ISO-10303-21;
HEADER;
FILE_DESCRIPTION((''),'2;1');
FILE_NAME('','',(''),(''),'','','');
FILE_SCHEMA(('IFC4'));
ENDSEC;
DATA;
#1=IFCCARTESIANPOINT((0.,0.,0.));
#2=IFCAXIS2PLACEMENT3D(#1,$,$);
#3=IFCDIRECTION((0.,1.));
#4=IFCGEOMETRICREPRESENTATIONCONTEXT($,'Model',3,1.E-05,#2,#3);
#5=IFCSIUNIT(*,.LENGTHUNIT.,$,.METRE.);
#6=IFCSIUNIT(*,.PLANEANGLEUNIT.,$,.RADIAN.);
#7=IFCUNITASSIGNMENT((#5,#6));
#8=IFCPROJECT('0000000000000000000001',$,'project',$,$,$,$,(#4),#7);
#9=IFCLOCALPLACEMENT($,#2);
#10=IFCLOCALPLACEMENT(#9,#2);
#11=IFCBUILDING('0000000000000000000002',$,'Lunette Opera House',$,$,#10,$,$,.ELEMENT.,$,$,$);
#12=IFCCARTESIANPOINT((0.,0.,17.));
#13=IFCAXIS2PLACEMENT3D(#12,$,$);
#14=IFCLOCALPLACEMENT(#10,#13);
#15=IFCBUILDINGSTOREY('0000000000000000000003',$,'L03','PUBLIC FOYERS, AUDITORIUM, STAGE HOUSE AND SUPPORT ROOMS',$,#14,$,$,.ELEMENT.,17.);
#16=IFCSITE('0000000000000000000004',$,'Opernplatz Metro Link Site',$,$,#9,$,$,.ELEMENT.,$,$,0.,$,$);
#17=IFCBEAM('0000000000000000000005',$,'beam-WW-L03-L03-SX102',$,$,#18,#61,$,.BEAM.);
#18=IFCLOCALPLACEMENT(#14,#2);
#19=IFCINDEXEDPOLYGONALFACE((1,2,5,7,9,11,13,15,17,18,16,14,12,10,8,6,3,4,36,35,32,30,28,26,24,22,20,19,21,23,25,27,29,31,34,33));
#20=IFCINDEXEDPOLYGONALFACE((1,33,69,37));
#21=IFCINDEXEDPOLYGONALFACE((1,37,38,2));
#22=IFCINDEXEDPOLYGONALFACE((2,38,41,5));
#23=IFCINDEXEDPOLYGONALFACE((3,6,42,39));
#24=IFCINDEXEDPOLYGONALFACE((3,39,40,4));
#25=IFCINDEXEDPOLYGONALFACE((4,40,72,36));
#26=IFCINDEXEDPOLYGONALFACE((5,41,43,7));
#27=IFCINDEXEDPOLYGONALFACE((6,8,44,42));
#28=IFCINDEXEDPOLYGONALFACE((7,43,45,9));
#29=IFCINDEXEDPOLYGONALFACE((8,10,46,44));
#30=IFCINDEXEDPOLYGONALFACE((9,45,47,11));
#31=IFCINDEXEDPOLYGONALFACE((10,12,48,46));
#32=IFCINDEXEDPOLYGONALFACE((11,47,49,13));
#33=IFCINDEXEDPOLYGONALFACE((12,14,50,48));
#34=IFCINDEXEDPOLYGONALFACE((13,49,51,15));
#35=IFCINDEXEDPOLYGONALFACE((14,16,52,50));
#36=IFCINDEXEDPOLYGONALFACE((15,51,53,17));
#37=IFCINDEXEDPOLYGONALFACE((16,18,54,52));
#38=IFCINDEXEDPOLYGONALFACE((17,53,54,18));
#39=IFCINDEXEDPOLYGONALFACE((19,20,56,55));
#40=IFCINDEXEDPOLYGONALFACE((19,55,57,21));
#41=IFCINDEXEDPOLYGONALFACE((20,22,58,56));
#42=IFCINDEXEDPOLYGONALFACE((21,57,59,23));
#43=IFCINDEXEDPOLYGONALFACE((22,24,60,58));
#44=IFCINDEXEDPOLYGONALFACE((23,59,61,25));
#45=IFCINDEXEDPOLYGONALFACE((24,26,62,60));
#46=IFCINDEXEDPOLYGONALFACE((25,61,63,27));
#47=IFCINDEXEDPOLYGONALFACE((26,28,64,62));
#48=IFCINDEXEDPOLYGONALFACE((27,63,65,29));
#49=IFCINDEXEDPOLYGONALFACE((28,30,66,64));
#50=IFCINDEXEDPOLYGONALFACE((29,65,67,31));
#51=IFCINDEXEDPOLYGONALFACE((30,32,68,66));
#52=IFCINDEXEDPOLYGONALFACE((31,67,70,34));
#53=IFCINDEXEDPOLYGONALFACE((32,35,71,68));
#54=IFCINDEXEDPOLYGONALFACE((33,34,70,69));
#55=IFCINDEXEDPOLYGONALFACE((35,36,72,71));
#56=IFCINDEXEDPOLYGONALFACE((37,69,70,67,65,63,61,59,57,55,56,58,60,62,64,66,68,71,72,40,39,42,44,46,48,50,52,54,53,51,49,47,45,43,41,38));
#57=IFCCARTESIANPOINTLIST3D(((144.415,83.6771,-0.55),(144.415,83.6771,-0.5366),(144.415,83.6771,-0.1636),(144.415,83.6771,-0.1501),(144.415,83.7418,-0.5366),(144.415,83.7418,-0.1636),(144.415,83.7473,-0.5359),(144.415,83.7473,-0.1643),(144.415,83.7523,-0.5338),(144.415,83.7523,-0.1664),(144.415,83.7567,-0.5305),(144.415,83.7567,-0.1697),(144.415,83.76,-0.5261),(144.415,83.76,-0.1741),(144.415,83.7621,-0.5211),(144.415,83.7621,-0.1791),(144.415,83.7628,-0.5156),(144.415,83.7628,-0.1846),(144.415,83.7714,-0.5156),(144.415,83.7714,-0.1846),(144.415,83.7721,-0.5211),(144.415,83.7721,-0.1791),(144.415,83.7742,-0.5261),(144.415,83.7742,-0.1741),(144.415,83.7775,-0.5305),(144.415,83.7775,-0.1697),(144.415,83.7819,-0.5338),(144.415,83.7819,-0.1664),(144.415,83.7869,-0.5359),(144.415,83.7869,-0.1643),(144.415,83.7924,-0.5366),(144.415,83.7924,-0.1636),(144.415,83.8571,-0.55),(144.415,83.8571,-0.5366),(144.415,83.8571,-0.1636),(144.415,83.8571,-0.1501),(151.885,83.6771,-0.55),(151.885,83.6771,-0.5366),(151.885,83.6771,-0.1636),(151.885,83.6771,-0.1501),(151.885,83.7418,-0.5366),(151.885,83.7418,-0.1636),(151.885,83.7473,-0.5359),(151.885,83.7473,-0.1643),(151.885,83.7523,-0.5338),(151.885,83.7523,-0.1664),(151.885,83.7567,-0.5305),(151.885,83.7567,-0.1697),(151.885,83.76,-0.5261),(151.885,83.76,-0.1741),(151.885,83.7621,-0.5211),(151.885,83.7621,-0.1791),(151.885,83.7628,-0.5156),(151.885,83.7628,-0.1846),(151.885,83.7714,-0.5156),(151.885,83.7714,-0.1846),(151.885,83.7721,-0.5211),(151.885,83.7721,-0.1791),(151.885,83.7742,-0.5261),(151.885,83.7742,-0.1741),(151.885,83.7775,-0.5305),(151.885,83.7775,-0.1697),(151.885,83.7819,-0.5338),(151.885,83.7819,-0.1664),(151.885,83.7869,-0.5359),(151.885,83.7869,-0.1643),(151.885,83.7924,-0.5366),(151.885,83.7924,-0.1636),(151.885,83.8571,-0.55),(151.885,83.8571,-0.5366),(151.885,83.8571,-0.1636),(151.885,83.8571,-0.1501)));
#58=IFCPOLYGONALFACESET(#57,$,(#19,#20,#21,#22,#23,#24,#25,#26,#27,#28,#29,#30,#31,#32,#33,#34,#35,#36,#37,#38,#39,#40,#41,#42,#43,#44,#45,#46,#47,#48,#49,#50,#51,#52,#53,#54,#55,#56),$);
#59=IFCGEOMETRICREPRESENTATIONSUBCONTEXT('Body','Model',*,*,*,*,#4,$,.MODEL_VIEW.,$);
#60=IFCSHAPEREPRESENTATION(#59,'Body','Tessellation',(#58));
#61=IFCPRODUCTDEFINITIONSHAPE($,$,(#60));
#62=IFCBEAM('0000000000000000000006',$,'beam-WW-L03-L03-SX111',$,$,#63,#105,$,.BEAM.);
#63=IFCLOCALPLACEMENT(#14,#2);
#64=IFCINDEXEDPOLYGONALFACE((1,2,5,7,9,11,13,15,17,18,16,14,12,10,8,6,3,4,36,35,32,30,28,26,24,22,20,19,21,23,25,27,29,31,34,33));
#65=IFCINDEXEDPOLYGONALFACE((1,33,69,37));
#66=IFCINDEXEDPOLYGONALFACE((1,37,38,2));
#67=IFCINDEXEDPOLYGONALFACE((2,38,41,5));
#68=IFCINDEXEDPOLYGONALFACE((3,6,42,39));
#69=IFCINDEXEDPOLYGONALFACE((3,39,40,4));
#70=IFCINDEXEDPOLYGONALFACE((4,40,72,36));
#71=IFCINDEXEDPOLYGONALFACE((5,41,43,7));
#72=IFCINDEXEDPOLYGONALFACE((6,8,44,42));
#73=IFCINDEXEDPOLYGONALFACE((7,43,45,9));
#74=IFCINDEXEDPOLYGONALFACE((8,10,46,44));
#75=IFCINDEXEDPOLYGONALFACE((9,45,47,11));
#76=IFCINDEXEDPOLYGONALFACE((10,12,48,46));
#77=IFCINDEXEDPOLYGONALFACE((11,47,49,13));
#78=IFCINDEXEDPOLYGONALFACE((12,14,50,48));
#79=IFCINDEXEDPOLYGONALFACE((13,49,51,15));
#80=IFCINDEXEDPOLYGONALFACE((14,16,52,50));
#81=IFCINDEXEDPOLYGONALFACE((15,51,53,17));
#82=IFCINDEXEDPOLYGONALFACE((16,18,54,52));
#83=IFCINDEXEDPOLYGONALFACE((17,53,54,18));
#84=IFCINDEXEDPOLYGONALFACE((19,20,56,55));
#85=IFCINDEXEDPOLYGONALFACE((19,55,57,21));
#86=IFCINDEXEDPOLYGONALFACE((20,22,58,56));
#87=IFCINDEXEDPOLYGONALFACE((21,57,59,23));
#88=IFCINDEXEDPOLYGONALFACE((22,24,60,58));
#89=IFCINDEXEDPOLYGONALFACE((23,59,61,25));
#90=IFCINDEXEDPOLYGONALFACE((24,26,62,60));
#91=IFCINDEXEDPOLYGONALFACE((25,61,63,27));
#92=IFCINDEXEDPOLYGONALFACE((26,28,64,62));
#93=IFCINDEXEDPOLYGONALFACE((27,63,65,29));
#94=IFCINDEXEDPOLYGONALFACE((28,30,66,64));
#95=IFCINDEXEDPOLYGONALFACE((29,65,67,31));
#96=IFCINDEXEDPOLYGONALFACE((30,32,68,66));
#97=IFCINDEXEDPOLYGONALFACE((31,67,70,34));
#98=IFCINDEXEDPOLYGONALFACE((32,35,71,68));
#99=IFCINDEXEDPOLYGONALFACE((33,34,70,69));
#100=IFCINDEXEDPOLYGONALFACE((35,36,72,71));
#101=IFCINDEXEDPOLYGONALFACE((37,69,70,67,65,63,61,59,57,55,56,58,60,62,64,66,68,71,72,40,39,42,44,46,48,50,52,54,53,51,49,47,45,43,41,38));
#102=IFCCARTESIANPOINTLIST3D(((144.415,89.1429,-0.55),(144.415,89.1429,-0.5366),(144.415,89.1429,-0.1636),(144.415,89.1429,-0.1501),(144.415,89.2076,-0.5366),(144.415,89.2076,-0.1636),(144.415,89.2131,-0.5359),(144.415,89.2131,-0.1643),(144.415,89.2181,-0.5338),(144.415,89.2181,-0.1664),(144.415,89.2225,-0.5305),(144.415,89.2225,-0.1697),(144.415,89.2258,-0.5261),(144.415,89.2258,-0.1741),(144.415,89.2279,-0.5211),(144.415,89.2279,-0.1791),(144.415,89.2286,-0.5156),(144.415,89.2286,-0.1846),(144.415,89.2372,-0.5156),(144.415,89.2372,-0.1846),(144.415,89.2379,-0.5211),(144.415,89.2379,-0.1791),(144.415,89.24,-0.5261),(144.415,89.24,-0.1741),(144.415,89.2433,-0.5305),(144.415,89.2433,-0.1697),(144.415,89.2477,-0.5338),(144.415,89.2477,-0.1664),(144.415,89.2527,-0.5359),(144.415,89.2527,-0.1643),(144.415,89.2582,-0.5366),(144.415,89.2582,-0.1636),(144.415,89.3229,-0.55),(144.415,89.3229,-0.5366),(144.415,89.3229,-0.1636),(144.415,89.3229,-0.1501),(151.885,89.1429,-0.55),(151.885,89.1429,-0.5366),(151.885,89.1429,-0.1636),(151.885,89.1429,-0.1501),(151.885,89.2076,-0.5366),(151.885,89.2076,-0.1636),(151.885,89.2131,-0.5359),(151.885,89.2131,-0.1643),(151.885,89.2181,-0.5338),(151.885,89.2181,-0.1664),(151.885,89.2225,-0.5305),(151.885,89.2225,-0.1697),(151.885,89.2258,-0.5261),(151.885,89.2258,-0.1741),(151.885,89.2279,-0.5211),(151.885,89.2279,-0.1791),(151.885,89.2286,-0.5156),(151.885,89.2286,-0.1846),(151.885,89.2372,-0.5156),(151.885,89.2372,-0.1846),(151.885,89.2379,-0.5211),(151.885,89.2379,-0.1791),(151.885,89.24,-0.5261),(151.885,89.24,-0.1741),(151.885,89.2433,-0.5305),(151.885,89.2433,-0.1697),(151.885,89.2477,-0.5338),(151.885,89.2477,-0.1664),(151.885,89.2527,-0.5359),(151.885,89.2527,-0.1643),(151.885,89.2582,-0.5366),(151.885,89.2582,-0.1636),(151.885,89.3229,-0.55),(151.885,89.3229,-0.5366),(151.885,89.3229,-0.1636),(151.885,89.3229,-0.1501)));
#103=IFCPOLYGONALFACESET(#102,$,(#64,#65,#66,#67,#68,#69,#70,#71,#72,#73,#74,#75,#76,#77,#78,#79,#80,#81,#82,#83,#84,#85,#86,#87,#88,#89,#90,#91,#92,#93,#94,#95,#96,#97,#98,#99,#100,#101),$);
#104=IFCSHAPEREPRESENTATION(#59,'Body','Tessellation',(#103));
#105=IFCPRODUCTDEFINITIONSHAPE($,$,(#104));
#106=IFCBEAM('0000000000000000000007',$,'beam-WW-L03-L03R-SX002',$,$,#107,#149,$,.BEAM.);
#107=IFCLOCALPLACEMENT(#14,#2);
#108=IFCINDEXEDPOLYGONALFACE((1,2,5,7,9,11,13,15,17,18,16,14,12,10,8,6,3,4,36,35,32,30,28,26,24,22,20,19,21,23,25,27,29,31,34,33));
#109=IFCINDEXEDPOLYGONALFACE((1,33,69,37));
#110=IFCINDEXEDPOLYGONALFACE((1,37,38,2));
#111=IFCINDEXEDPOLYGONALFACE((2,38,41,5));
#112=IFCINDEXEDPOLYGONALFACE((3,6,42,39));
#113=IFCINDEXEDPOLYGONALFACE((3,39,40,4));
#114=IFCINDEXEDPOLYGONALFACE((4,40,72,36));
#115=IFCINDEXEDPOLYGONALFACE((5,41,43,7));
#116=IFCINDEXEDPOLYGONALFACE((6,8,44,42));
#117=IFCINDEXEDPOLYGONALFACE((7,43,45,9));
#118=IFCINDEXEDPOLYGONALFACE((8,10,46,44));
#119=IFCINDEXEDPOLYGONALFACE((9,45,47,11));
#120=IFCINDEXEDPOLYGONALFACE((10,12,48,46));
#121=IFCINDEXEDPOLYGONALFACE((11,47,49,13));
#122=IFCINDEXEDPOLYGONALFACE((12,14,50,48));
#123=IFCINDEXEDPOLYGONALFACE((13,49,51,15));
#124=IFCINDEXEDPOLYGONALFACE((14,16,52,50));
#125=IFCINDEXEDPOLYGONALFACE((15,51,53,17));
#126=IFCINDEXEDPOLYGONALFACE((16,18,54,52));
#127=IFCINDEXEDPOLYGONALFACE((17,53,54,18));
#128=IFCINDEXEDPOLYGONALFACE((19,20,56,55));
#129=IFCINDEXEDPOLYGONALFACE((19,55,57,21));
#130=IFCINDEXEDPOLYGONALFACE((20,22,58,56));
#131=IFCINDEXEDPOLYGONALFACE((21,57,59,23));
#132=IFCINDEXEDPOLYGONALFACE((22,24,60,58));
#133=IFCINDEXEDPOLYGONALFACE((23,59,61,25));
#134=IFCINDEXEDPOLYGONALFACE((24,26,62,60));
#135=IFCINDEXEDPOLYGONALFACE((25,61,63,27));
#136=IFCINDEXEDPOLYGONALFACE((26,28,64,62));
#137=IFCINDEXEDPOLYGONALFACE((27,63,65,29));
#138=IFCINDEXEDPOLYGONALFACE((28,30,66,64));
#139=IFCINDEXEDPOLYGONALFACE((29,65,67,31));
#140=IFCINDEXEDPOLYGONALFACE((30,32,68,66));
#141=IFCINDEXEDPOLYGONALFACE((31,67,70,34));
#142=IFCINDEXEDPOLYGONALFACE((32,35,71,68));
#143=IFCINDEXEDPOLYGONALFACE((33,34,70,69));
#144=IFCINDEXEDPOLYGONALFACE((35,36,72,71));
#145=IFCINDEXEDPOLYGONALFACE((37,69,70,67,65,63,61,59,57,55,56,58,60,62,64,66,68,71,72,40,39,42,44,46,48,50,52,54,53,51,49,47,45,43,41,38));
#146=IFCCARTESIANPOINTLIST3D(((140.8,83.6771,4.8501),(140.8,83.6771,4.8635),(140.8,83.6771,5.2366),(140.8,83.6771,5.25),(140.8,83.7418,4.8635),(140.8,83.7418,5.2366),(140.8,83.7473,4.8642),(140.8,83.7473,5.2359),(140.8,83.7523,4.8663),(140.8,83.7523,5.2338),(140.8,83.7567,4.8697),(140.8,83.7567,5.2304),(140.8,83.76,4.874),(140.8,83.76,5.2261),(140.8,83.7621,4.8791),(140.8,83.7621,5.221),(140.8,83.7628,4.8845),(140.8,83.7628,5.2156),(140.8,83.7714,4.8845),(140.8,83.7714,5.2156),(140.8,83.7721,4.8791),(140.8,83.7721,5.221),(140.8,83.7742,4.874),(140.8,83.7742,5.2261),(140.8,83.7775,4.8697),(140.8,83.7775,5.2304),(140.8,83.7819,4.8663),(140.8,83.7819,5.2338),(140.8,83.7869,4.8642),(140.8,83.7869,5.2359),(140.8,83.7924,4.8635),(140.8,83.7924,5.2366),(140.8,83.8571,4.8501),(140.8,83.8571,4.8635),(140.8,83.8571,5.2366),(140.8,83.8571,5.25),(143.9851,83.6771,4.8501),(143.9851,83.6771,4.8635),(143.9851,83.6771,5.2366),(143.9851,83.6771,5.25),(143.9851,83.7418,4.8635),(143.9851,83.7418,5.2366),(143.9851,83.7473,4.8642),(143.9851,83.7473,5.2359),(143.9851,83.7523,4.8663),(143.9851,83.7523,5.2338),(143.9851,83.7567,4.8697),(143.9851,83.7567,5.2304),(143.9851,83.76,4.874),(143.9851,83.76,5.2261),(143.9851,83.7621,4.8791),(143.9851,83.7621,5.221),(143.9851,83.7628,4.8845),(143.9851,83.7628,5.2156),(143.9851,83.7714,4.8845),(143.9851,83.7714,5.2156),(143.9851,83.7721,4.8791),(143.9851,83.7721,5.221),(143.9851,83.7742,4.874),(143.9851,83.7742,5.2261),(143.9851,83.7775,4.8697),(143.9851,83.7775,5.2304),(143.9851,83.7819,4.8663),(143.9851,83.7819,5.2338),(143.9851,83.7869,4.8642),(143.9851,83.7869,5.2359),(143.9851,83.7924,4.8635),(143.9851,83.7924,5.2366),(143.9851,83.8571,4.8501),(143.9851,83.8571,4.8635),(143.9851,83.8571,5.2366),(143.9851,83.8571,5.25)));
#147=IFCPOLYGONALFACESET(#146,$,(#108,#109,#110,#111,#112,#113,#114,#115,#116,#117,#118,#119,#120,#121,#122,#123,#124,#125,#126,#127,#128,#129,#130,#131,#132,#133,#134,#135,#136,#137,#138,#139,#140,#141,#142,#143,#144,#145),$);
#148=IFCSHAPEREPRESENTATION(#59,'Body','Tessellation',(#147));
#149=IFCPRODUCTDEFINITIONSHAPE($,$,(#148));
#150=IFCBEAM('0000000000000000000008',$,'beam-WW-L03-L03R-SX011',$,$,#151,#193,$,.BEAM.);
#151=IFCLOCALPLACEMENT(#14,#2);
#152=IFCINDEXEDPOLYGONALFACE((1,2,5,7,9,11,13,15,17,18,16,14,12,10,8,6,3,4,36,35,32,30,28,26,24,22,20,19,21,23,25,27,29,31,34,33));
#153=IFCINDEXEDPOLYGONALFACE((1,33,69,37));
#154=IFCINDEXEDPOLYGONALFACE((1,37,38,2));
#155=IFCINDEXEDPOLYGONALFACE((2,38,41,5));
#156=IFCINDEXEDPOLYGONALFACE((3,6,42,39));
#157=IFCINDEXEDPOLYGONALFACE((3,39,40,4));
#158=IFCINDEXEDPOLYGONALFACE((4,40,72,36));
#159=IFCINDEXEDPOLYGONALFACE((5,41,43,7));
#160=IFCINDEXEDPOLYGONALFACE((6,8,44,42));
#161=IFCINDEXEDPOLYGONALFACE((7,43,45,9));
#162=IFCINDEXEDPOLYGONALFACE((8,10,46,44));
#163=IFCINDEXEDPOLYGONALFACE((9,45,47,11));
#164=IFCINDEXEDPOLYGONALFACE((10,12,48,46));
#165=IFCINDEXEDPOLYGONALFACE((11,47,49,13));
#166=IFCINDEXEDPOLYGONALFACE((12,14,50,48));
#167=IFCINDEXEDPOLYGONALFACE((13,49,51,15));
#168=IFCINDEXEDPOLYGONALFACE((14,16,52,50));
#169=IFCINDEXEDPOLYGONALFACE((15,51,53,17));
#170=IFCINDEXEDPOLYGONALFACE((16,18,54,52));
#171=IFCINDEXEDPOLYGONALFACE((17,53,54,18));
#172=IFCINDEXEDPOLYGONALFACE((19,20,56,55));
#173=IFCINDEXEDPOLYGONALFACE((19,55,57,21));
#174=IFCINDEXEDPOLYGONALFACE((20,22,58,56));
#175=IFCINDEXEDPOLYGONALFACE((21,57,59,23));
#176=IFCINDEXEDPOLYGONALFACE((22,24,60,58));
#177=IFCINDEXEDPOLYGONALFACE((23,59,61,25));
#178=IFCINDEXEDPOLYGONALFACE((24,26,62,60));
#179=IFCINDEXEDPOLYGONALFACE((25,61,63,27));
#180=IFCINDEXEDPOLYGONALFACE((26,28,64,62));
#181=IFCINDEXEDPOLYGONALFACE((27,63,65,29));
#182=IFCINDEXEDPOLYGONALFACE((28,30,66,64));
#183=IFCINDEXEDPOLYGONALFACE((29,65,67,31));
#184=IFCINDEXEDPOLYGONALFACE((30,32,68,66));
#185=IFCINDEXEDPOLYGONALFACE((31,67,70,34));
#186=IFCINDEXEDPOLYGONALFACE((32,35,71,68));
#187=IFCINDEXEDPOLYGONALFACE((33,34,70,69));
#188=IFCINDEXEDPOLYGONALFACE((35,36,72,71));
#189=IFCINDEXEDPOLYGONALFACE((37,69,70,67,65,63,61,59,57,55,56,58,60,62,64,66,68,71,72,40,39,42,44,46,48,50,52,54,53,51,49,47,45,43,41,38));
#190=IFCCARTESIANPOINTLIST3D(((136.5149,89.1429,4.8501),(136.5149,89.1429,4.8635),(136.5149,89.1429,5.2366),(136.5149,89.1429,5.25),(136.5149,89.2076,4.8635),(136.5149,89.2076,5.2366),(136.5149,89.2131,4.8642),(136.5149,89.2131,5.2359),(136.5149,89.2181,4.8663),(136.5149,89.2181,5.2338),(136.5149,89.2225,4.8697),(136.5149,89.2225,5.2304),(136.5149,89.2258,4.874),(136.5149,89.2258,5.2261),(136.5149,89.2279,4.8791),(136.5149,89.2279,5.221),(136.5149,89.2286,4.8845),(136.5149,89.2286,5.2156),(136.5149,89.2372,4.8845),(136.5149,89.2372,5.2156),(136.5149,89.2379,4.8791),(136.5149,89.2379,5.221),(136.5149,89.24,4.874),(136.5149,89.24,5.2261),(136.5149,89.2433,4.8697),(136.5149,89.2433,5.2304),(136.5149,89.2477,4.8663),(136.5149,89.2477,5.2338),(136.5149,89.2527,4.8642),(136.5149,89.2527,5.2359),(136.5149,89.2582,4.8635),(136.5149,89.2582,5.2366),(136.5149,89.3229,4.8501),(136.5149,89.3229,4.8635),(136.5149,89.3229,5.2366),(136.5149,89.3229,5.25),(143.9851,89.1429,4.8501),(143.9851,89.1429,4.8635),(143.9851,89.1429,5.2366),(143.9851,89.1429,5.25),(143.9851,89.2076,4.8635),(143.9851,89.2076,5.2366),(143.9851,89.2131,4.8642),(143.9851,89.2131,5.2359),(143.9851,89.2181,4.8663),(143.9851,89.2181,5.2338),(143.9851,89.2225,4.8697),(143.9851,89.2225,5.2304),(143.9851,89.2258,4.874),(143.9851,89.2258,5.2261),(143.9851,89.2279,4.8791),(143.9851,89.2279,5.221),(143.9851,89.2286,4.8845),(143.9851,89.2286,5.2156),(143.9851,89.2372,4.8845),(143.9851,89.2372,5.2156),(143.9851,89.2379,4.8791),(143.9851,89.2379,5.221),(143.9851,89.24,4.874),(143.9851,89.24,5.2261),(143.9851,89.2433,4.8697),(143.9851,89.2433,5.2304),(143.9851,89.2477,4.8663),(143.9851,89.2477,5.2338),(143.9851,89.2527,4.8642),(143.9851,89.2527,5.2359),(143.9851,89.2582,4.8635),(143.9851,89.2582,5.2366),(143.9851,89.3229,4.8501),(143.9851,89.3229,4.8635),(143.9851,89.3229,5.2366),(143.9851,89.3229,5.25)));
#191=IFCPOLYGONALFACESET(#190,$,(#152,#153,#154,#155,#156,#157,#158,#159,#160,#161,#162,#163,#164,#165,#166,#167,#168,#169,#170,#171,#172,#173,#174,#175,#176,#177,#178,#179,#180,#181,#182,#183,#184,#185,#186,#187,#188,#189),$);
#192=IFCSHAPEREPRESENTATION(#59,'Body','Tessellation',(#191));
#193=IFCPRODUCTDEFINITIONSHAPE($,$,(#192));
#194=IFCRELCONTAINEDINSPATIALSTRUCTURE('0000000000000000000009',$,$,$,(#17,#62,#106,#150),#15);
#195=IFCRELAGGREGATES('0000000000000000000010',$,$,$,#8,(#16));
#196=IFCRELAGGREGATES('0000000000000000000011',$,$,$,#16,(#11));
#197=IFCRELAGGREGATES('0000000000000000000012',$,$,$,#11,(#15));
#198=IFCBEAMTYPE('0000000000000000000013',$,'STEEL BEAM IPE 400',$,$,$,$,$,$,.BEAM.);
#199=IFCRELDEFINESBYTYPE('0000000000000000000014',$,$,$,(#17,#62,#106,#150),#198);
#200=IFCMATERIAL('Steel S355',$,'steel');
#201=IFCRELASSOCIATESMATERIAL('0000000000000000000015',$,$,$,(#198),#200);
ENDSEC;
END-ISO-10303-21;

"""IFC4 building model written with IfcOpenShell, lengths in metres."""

from ifc_helpers import new_model, si_unit, direction, frame, origin, origin_2d, place, context, subcontext, project, spatial, i_section, extrude, material, material_profile, profile_set, type_object, element, save


model = new_model("IFC4")

# Units and contexts
model_context = context("Model", 3, precision=1e-05, world=origin(), true_north=direction((0.0, 1.0)))
body_context = subcontext(model_context, "Body", "Model", "MODEL_VIEW")
ifc_project = project(units=[si_unit("LENGTHUNIT", "METRE"), si_unit("PLANEANGLEUNIT", "RADIAN")], contexts=[model_context])

# Site, building, storey
site_placement = place(None, origin())
site = spatial("IfcSite", under=ifc_project, at=site_placement, Name="Opernplatz Metro Link Site", CompositionType="ELEMENT", RefElevation=0.0)
building_placement = place(site_placement, origin())
building = spatial("IfcBuilding", under=site, at=building_placement, Name="Lunette Opera House", CompositionType="ELEMENT")
storey_placement = place(building_placement, frame((0.0, 0.0, 17.0)))
storey = spatial("IfcBuildingStorey", under=building, at=storey_placement, Name="L03", Description="PUBLIC FOYERS, AUDITORIUM, STAGE HOUSE AND SUPPORT ROOMS", CompositionType="ELEMENT", Elevation=17.0)

# Beams
ifc_material_1 = material(Name="Steel S355", Category="steel")
ifc_material_profile_1 = material_profile(ifc_material_1, i_section(OverallWidth=0.1799, OverallDepth=0.3999, WebThickness=0.0085, FlangeThickness=0.0134, FilletRadius=0.021, at=origin_2d()), Name="IPE 400")
ifc_profile_set_1 = profile_set([ifc_material_profile_1], Name="Steel S355")
beam_type_1 = type_object("IfcBeamType", Name="STEEL BEAM IPE 400", PredefinedType="BEAM", material=ifc_profile_set_1)
for number, where, z_axis, x_axis, name in (
    (1, (144.415, 83.7671, -0.3501), (1.0, 0.0, 0.0), (0.0, 1.0, 0.0), "beam-WW-L03-L03-SX102"),
    (2, (144.415, 89.2329, -0.3501), (1.0, 0.0, 0.0), (0.0, 1.0, 0.0), "beam-WW-L03-L03-SX111"),
):
    element("IfcBeam", number, at=place(storey_placement, frame(where, z_axis=z_axis, x_axis=x_axis)), inside=storey, type_object=beam_type_1, Name=name, PredefinedType="BEAM", context=body_context, shape_type="SweptSolid", body=[
        extrude(i_section(OverallWidth=0.1799, OverallDepth=0.3999, WebThickness=0.0085, FlangeThickness=0.0134, FilletRadius=0.021, at=origin_2d()), origin(), (0.0, 0.0, 1.0), 7.47),
    ])
beam_1_placement = place(storey_placement, frame((140.8, 83.7671, 5.05), z_axis=(1.0, 0.0, 0.0), x_axis=(0.0, 1.0, 0.0)))
element("IfcBeam", 3, at=beam_1_placement, inside=storey, type_object=beam_type_1, Name="beam-WW-L03-L03R-SX002", PredefinedType="BEAM", context=body_context, shape_type="SweptSolid", body=[
    extrude(i_section(OverallWidth=0.1799, OverallDepth=0.3999, WebThickness=0.0085, FlangeThickness=0.0134, FilletRadius=0.021, at=origin_2d()), origin(), (0.0, 0.0, 1.0), 3.1851),
])
beam_2_placement = place(storey_placement, frame((136.5149, 89.2329, 5.05), z_axis=(1.0, 0.0, 0.0), x_axis=(0.0, 1.0, 0.0)))
element("IfcBeam", 4, at=beam_2_placement, inside=storey, type_object=beam_type_1, Name="beam-WW-L03-L03R-SX011", PredefinedType="BEAM", context=body_context, shape_type="SweptSolid", body=[
    extrude(i_section(OverallWidth=0.1799, OverallDepth=0.3999, WebThickness=0.0085, FlangeThickness=0.0134, FilletRadius=0.021, at=origin_2d()), origin(), (0.0, 0.0, 1.0), 7.4702),
])

save(model, "model.ifc")
